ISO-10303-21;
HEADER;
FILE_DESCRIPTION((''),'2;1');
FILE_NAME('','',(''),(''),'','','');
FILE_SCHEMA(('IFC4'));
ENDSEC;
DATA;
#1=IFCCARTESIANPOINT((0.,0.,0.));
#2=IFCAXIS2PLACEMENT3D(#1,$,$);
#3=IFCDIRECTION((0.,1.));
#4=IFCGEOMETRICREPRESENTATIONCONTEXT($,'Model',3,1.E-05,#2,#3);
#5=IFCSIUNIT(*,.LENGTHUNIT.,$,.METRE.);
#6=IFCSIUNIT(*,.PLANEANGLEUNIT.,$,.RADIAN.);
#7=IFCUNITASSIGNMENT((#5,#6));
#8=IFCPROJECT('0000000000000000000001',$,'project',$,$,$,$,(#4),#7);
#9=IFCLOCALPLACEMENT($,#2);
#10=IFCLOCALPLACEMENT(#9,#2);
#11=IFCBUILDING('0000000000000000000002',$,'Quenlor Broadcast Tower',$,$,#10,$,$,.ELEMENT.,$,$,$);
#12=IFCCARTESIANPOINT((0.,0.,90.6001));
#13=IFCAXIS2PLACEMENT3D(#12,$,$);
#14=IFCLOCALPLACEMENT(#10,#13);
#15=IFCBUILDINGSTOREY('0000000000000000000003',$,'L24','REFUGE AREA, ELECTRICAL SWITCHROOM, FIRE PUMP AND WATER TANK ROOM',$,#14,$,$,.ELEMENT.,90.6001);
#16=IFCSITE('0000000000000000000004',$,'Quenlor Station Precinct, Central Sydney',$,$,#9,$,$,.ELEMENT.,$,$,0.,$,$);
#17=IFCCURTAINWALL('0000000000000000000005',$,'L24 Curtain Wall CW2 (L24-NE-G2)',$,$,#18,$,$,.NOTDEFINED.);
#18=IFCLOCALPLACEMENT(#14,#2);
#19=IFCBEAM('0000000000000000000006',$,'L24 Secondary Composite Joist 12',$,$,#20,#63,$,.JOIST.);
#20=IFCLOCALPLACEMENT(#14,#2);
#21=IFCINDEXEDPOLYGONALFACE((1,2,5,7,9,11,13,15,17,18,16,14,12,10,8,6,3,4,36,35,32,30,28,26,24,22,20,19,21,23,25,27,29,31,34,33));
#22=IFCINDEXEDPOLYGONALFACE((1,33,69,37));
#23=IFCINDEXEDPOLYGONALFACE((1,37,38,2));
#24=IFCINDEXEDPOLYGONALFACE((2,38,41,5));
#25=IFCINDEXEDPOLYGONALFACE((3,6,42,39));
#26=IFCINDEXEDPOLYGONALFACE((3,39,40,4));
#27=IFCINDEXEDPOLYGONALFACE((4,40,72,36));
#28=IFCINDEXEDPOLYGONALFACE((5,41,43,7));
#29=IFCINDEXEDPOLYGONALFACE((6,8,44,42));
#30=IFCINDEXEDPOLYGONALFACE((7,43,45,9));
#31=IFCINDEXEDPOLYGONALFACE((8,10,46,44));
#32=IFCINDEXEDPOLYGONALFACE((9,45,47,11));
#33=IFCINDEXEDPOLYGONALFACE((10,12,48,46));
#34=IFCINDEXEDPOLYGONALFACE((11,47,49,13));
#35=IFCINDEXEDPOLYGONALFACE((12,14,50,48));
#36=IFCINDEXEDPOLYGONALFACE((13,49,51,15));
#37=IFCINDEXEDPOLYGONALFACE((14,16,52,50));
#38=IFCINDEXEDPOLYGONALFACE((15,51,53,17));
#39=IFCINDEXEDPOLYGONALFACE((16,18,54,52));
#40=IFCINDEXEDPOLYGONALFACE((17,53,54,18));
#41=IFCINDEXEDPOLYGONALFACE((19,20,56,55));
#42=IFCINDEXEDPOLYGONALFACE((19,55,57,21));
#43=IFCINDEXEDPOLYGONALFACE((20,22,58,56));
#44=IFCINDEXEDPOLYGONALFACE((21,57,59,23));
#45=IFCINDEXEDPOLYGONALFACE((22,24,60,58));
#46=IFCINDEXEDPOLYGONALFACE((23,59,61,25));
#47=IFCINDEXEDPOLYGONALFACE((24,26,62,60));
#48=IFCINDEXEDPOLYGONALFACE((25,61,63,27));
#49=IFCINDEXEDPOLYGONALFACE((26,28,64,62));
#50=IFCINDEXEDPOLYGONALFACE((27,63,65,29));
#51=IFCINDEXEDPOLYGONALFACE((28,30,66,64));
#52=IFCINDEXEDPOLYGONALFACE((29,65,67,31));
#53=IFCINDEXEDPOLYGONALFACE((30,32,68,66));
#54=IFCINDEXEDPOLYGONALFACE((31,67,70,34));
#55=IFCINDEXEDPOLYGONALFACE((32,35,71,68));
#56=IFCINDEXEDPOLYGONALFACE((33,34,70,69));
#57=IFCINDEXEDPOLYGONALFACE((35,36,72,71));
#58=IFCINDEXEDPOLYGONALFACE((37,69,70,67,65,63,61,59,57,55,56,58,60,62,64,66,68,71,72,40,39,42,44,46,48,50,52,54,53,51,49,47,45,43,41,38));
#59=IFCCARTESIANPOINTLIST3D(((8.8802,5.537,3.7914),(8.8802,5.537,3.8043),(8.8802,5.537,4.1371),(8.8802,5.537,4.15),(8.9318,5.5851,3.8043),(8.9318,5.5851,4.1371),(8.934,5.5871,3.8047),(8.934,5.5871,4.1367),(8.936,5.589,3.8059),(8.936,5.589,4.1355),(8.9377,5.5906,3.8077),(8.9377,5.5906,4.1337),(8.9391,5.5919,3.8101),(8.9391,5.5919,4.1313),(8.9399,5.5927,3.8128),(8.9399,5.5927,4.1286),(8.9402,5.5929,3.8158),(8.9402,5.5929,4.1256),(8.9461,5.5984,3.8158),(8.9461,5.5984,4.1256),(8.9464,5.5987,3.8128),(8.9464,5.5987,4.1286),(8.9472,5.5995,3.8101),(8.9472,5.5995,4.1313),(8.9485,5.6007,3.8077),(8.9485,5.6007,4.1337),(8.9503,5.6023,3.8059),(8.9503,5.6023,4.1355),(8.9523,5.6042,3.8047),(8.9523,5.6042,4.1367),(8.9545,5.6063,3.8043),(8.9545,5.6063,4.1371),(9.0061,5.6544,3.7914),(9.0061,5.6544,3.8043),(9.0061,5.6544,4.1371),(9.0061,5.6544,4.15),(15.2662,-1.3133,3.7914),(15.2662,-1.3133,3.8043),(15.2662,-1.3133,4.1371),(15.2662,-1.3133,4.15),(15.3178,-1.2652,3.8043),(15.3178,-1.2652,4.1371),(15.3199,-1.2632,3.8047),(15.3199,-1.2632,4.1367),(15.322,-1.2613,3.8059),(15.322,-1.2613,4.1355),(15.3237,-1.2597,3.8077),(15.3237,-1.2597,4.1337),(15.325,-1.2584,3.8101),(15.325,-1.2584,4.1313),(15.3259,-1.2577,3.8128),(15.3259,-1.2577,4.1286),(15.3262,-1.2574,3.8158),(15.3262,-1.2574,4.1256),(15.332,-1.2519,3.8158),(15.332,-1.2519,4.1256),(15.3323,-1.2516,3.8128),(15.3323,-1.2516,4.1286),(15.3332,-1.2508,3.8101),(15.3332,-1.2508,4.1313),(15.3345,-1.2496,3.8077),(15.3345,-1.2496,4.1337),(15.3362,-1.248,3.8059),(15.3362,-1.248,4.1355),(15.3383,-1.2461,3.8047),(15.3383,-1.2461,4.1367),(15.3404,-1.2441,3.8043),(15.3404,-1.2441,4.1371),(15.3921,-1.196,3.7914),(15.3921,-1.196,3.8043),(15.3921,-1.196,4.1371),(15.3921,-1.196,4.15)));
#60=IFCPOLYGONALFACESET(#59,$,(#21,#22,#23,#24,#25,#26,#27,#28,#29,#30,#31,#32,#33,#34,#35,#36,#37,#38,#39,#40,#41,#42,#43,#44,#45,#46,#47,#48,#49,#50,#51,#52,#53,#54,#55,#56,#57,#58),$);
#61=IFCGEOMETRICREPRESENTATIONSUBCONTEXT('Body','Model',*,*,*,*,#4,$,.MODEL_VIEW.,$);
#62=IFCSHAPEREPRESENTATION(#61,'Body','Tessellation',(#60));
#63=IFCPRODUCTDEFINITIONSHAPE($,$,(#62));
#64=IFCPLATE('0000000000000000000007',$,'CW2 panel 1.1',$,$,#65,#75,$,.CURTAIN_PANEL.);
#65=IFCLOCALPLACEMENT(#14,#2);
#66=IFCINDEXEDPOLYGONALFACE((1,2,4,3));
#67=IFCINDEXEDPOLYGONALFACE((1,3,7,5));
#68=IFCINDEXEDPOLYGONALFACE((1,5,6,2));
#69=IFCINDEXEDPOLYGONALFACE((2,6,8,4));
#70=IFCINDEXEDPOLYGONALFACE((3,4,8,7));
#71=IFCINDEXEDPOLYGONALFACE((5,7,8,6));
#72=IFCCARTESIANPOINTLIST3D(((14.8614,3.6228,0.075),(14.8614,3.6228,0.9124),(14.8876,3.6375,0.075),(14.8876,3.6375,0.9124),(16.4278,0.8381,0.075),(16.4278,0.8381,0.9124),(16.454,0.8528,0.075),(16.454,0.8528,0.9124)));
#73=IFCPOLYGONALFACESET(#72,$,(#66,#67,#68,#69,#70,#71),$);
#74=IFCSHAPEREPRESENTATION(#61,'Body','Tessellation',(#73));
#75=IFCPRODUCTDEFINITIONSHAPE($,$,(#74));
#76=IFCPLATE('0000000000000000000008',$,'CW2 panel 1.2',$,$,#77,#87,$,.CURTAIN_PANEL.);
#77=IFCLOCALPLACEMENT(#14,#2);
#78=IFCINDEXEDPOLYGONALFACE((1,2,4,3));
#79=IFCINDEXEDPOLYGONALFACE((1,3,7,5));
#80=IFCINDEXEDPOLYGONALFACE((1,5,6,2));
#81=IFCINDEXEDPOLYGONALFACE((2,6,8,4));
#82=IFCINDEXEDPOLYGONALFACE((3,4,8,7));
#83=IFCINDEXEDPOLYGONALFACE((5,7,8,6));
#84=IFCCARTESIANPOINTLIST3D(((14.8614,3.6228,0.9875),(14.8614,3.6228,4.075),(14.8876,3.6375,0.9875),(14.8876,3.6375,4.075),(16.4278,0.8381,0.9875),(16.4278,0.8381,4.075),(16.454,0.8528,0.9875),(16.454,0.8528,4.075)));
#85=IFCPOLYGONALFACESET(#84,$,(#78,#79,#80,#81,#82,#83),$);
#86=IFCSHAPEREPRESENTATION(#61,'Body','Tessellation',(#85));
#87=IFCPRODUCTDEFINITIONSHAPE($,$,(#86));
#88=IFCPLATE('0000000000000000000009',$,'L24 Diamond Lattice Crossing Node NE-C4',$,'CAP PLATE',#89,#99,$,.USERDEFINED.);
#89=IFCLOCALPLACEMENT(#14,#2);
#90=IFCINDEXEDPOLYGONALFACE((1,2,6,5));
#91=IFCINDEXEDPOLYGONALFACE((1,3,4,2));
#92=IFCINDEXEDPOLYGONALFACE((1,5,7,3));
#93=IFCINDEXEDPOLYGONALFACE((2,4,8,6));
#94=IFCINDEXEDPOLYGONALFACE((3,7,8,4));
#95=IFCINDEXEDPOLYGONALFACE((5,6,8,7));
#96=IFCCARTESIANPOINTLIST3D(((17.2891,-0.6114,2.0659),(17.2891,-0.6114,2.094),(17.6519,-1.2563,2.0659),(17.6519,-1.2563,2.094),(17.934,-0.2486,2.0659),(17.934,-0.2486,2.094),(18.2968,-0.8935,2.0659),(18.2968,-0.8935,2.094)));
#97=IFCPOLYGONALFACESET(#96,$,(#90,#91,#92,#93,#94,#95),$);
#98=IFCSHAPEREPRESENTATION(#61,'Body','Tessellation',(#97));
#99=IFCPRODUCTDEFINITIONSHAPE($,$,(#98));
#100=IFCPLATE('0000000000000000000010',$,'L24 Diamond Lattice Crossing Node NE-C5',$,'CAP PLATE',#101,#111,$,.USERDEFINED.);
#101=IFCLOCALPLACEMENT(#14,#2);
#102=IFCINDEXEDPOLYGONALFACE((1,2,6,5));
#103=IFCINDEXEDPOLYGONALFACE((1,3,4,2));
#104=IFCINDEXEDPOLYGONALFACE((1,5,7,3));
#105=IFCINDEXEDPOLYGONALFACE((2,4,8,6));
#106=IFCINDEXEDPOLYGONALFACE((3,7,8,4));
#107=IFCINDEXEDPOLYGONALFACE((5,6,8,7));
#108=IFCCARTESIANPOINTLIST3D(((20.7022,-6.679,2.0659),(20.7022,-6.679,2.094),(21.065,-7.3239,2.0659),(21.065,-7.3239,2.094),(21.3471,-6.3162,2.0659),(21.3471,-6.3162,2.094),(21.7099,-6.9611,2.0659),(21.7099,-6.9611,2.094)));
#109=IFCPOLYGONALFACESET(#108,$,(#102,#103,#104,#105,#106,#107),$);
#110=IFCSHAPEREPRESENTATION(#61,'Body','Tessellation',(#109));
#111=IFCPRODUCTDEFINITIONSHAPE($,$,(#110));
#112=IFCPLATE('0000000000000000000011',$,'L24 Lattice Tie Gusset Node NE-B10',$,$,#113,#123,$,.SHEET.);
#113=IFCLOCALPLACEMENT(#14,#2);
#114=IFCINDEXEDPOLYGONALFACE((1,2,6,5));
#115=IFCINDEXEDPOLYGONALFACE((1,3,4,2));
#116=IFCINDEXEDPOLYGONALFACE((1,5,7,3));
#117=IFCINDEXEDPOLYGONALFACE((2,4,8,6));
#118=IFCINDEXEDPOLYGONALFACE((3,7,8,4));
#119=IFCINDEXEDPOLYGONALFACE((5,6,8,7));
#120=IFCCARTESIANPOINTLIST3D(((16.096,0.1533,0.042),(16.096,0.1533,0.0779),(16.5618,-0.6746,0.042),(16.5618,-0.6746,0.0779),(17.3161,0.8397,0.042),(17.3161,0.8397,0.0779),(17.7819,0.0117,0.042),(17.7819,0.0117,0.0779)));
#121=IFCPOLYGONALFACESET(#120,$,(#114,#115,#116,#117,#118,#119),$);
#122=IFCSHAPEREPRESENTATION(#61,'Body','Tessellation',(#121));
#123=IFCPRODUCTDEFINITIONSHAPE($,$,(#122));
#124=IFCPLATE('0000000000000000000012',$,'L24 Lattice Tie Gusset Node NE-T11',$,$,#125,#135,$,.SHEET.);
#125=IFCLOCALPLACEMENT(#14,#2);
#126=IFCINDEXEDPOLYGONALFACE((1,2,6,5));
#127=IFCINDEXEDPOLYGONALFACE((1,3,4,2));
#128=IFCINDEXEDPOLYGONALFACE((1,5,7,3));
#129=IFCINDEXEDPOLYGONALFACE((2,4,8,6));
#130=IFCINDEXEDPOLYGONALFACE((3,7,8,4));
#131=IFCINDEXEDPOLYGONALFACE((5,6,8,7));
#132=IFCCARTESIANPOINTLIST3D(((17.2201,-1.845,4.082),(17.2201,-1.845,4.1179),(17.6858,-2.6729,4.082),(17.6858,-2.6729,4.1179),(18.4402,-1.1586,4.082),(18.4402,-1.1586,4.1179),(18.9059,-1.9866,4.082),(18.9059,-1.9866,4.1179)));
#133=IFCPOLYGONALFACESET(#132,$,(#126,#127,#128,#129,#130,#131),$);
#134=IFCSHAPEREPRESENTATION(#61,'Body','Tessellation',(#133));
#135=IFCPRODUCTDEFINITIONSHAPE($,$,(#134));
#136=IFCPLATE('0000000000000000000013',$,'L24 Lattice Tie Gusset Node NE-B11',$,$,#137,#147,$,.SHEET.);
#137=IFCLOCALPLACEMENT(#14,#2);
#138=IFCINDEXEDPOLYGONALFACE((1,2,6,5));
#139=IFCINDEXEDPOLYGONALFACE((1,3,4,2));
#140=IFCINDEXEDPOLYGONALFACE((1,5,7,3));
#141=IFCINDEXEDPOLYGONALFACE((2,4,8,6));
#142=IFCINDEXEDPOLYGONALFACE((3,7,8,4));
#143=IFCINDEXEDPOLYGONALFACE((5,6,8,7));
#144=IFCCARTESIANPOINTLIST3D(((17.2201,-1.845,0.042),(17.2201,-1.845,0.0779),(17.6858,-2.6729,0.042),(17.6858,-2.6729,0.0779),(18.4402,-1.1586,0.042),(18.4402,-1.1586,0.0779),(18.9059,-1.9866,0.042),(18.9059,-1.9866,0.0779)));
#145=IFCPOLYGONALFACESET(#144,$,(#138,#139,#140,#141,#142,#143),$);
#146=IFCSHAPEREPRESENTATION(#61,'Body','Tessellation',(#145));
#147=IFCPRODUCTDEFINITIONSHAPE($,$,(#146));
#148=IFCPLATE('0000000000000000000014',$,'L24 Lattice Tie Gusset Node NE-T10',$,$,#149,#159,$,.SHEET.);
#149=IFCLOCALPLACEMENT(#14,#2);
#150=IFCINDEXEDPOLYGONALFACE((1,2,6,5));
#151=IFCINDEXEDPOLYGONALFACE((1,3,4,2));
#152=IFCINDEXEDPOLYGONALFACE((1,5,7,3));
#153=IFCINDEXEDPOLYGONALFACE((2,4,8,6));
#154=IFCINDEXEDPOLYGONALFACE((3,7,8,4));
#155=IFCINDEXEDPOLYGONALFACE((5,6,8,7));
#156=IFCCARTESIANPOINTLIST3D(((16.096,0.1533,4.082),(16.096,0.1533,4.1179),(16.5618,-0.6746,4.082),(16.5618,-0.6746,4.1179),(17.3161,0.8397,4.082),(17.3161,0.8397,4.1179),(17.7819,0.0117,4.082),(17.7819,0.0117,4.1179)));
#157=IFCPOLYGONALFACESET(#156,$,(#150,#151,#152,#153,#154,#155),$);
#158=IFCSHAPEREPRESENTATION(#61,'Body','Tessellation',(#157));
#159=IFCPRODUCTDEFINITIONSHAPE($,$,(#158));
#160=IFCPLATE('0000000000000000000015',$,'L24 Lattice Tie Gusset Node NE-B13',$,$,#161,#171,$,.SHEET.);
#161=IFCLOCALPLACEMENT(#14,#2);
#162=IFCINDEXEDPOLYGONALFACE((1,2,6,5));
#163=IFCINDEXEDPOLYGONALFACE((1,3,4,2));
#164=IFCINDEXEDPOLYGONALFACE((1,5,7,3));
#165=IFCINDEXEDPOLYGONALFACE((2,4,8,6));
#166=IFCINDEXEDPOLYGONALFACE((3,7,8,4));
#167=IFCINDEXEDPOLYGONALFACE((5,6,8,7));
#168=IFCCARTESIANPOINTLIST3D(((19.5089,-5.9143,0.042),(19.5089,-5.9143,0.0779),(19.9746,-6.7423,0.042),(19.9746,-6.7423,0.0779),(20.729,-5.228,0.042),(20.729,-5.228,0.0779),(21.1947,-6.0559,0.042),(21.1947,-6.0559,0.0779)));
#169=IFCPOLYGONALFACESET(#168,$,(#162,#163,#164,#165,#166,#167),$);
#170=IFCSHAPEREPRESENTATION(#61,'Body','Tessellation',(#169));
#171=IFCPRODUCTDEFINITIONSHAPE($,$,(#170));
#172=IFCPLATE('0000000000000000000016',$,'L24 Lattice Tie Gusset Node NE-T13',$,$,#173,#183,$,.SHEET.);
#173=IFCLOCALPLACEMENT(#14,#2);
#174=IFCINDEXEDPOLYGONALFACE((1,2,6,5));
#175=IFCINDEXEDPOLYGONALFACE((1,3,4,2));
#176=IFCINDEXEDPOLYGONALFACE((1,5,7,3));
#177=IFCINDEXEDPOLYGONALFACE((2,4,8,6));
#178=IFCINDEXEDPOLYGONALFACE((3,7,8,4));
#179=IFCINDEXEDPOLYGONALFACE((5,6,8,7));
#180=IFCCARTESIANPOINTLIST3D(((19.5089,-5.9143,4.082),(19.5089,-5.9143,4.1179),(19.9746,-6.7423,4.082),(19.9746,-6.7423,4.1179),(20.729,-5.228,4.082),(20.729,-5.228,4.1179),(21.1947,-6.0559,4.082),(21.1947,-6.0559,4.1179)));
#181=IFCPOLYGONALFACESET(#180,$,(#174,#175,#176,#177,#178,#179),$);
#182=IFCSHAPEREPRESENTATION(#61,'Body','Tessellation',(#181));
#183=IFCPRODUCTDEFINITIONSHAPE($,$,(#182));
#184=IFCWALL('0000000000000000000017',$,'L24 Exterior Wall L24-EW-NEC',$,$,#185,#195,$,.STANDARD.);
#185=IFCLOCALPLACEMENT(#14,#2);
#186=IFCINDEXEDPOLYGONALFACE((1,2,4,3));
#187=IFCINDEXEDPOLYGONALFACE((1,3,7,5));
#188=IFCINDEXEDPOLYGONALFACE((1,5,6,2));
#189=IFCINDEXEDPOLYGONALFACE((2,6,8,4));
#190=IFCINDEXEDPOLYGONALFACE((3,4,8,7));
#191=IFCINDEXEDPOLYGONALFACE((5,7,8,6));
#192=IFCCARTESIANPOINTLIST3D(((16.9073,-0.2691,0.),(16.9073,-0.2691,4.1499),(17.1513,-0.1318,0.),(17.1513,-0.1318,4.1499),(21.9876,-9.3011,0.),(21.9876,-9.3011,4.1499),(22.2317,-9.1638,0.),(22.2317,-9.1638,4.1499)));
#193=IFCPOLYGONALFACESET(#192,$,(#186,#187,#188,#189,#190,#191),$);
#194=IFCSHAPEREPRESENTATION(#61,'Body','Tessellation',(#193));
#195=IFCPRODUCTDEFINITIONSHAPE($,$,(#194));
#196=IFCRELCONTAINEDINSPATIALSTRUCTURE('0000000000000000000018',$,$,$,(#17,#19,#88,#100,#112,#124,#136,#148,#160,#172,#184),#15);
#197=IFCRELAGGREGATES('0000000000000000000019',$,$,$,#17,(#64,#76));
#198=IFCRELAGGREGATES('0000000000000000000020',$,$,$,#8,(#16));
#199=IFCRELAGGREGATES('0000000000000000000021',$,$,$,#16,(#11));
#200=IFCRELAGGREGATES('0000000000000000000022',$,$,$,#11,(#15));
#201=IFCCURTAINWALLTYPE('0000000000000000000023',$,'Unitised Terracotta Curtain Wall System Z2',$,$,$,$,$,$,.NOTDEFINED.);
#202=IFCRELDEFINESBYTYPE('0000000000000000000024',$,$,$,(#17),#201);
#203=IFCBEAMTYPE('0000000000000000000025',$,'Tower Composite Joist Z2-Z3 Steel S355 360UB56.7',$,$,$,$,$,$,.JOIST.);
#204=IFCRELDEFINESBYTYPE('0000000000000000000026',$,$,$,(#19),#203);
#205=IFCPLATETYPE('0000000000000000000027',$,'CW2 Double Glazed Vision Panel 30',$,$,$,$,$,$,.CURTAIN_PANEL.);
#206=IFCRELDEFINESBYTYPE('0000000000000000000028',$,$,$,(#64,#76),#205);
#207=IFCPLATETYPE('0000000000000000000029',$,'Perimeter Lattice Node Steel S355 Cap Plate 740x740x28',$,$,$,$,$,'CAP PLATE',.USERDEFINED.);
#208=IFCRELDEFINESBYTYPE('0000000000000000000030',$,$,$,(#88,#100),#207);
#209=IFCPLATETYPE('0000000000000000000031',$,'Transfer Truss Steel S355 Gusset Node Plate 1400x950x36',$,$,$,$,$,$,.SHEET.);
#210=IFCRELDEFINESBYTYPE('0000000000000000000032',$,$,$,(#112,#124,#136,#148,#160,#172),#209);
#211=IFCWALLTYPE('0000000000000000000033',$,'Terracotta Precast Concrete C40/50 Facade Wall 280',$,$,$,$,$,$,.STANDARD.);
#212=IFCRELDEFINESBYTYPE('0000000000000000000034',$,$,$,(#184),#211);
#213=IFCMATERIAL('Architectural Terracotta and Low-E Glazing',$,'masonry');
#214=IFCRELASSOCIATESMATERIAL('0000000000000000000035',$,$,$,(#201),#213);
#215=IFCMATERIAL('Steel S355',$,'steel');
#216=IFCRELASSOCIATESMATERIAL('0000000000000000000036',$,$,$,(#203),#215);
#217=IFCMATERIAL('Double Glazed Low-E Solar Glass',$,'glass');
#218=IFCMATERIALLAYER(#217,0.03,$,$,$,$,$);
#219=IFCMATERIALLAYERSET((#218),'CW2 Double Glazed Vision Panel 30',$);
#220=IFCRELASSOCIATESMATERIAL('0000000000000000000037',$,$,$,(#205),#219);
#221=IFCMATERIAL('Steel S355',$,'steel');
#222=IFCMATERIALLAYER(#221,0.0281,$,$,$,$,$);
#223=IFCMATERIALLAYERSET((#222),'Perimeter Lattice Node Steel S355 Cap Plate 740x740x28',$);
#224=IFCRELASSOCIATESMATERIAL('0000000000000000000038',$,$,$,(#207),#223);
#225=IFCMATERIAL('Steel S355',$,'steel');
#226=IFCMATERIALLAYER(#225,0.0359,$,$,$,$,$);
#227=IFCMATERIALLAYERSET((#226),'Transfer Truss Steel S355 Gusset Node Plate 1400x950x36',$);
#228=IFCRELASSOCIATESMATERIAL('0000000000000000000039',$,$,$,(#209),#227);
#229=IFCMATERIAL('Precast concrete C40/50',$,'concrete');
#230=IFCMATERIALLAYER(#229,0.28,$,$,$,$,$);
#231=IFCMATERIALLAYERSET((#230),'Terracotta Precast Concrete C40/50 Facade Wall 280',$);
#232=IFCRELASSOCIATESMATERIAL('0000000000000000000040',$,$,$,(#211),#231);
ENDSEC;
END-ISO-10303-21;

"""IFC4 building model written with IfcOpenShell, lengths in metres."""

from ifc_helpers import new_model, si_unit, direction, frame, frame_2d, origin, origin_2d, place, context, subcontext, project, spatial, rectangle, i_section, extrude, material, layer, layer_set, material_profile, profile_set, type_object, element, aggregate, save


model = new_model("IFC4")

# Units and contexts
model_context = context("Model", 3, precision=1e-05, world=origin(), true_north=direction((0.0, 1.0)))
body_context = subcontext(model_context, "Body", "Model", "MODEL_VIEW")
ifc_project = project(units=[si_unit("LENGTHUNIT", "METRE"), si_unit("PLANEANGLEUNIT", "RADIAN")], contexts=[model_context])

# Site, building, storey
site_placement = place(None, origin())
site = spatial("IfcSite", under=ifc_project, at=site_placement, Name="Quenlor Station Precinct, Central Sydney", CompositionType="ELEMENT", RefElevation=0.0)
building_placement = place(site_placement, origin())
building = spatial("IfcBuilding", under=site, at=building_placement, Name="Quenlor Broadcast Tower", CompositionType="ELEMENT")
storey_placement = place(building_placement, frame((0.0, 0.0, 90.6001)))
storey = spatial("IfcBuildingStorey", under=building, at=storey_placement, Name="L24", Description="REFUGE AREA, ELECTRICAL SWITCHROOM, FIRE PUMP AND WATER TANK ROOM", CompositionType="ELEMENT", Elevation=90.6001)

# Curtain wall
ifc_material_1 = material(Name="Architectural Terracotta and Low-E Glazing", Category="masonry")
curtain_wall_type = type_object("IfcCurtainWallType", Name="Unitised Terracotta Curtain Wall System Z2", PredefinedType="NOTDEFINED", material=ifc_material_1)
curtain_wall_placement = place(storey_placement, origin())
curtain_wall = element("IfcCurtainWall", 1, at=curtain_wall_placement, inside=storey, type_object=curtain_wall_type, Name="L24 Curtain Wall CW2 (L24-NE-G2)", PredefinedType="NOTDEFINED")

# Beam
ifc_material_2 = material(Name="Steel S355", Category="steel")
ifc_material_profile_1 = material_profile(ifc_material_2, i_section(OverallWidth=0.1721, OverallDepth=0.3586, WebThickness=0.0081, FlangeThickness=0.0129, FilletRadius=0.0115, at=origin_2d()))
ifc_profile_set_1 = profile_set([ifc_material_profile_1], Name="Steel S355 360UB56.7")
beam_type_1 = type_object("IfcBeamType", Name="Tower Composite Joist Z2-Z3 Steel S355 360UB56.7", PredefinedType="JOIST", material=ifc_profile_set_1)
beam_1_placement = place(storey_placement, frame((15.3291, -1.2546, 3.9707), z_axis=(-0.681881, 0.731463, 0.0), x_axis=(-0.731463, -0.681881, 0.0)))
element("IfcBeam", 2, at=beam_1_placement, inside=storey, type_object=beam_type_1, Name="L24 Secondary Composite Joist 12", PredefinedType="JOIST", context=body_context, shape_type="SweptSolid", body=[
    extrude(i_section(OverallWidth=0.1721, OverallDepth=0.3586, WebThickness=0.0081, FlangeThickness=0.0129, FilletRadius=0.0115, at=origin_2d()), origin(), (0.0, 0.0, 1.0), 9.3652),
])

# Plates
ifc_material_3 = material(Name="Double Glazed Low-E Solar Glass", Category="glass")
ifc_layer_1 = layer(ifc_material_3, 0.03)
ifc_layer_set_1 = layer_set([ifc_layer_1], Name="CW2 Double Glazed Vision Panel 30")
plate_type_1 = type_object("IfcPlateType", Name="CW2 Double Glazed Vision Panel 30", PredefinedType="CURTAIN_PANEL", material=ifc_layer_set_1)
plate_1_placement = place(storey_placement, frame((15.6577, 2.2378, 0.075), z_axis=(0.0, 0.0, 1.0), x_axis=(0.490258, -0.871577, 0.0)))
plate_1 = element("IfcPlate", 3, at=plate_1_placement, type_object=plate_type_1, Name="CW2 panel 1.1", PredefinedType="CURTAIN_PANEL", context=body_context, shape_type="SweptSolid", body=[
    extrude(rectangle(XDim=3.1951, YDim=0.03, at=origin_2d()), origin(), (0.0, 0.0, 1.0), 0.8374),
])
plate_2_placement = place(storey_placement, frame((15.6577, 2.2378, 0.9875), z_axis=(0.0, 0.0, 1.0), x_axis=(0.490258, -0.871577, 0.0)))
plate_2 = element("IfcPlate", 4, at=plate_2_placement, type_object=plate_type_1, Name="CW2 panel 1.2", PredefinedType="CURTAIN_PANEL", context=body_context, shape_type="SweptSolid", body=[
    extrude(rectangle(XDim=3.1951, YDim=0.03, at=origin_2d()), origin(), (0.0, 0.0, 1.0), 3.0874),
])
aggregate(curtain_wall, [plate_1, plate_2])

# Plates
ifc_material_4 = material(Name="Steel S355", Category="steel")
ifc_layer_2 = layer(ifc_material_4, 0.0281)
ifc_layer_set_2 = layer_set([ifc_layer_2], Name="Perimeter Lattice Node Steel S355 Cap Plate 740x740x28")
plate_type_2 = type_object("IfcPlateType", Name="Perimeter Lattice Node Steel S355 Cap Plate 740x740x28", ElementType="CAP PLATE", PredefinedType="USERDEFINED", material=ifc_layer_set_2)
for number, where, z_axis, x_axis, name in (
    (5, (17.793, -0.7524, 2.0659), (0.0, 0.0, 1.0), (0.490295, -0.871556, 0.0), "L24 Diamond Lattice Crossing Node NE-C4"),
    (6, (21.2061, -6.8201, 2.0659), (0.0, 0.0, 1.0), (0.490295, -0.871556, 0.0), "L24 Diamond Lattice Crossing Node NE-C5"),
):
    element("IfcPlate", number, at=place(storey_placement, frame(where, z_axis=z_axis, x_axis=x_axis)), inside=storey, type_object=plate_type_2, Name=name, ObjectType="CAP PLATE", PredefinedType="USERDEFINED", context=body_context, shape_type="SweptSolid", body=[
        extrude(rectangle(XDim=0.74, YDim=0.74, at=origin_2d()), origin(), (0.0, 0.0, 1.0), 0.0281),
    ])
ifc_material_5 = material(Name="Steel S355", Category="steel")
ifc_layer_3 = layer(ifc_material_5, 0.0359)
ifc_layer_set_3 = layer_set([ifc_layer_3], Name="Transfer Truss Steel S355 Gusset Node Plate 1400x950x36")
plate_type_3 = type_object("IfcPlateType", Name="Transfer Truss Steel S355 Gusset Node Plate 1400x950x36", PredefinedType="SHEET", material=ifc_layer_set_3)
for number, where, z_axis, x_axis, name in (
    (7, (16.939, 0.0825, 0.042), (0.0, 0.0, 1.0), (0.871556, 0.490295, 0.0), "L24 Lattice Tie Gusset Node NE-B10"),
    (8, (18.063, -1.9158, 4.082), (0.0, 0.0, 1.0), (0.871556, 0.490295, 0.0), "L24 Lattice Tie Gusset Node NE-T11"),
    (9, (18.063, -1.9158, 0.042), (0.0, 0.0, 1.0), (0.871556, 0.490295, 0.0), "L24 Lattice Tie Gusset Node NE-B11"),
    (10, (16.939, 0.0825, 4.082), (0.0, 0.0, 1.0), (0.871556, 0.490295, 0.0), "L24 Lattice Tie Gusset Node NE-T10"),
    (11, (20.3518, -5.9851, 0.042), (0.0, 0.0, 1.0), (0.871556, 0.490295, 0.0), "L24 Lattice Tie Gusset Node NE-B13"),
    (12, (20.3518, -5.9851, 4.082), (0.0, 0.0, 1.0), (0.871556, 0.490295, 0.0), "L24 Lattice Tie Gusset Node NE-T13"),
):
    element("IfcPlate", number, at=place(storey_placement, frame(where, z_axis=z_axis, x_axis=x_axis)), inside=storey, type_object=plate_type_3, Name=name, PredefinedType="SHEET", context=body_context, shape_type="SweptSolid", body=[
        extrude(rectangle(XDim=1.3999, YDim=0.95, at=origin_2d()), origin(), (0.0, 0.0, 1.0), 0.0359),
    ])

# Wall
ifc_material_6 = material(Name="Precast concrete C40/50", Category="concrete")
ifc_layer_4 = layer(ifc_material_6, 0.28)
ifc_layer_set_4 = layer_set([ifc_layer_4], Name="Terracotta Precast Concrete C40/50 Facade Wall 280")
wall_type_1 = type_object("IfcWallType", Name="Terracotta Precast Concrete C40/50 Facade Wall 280", PredefinedType="STANDARD", material=ifc_layer_set_4)
wall_1_placement = place(storey_placement, frame((17.0293, -0.2004, 0.0), z_axis=(0.0, 0.0, 1.0), x_axis=(0.490249, -0.871582, 0.0)))
element("IfcWall", 13, at=wall_1_placement, inside=storey, type_object=wall_type_1, Name="L24 Exterior Wall L24-EW-NEC", PredefinedType="STANDARD", context=body_context, shape_type="SweptSolid", body=[
    extrude(rectangle(XDim=10.3628, YDim=0.28, at=frame_2d((5.1814, 0.0))), origin(), (0.0, 0.0, 1.0), 4.1499),
])

save(model, "model.ifc")
